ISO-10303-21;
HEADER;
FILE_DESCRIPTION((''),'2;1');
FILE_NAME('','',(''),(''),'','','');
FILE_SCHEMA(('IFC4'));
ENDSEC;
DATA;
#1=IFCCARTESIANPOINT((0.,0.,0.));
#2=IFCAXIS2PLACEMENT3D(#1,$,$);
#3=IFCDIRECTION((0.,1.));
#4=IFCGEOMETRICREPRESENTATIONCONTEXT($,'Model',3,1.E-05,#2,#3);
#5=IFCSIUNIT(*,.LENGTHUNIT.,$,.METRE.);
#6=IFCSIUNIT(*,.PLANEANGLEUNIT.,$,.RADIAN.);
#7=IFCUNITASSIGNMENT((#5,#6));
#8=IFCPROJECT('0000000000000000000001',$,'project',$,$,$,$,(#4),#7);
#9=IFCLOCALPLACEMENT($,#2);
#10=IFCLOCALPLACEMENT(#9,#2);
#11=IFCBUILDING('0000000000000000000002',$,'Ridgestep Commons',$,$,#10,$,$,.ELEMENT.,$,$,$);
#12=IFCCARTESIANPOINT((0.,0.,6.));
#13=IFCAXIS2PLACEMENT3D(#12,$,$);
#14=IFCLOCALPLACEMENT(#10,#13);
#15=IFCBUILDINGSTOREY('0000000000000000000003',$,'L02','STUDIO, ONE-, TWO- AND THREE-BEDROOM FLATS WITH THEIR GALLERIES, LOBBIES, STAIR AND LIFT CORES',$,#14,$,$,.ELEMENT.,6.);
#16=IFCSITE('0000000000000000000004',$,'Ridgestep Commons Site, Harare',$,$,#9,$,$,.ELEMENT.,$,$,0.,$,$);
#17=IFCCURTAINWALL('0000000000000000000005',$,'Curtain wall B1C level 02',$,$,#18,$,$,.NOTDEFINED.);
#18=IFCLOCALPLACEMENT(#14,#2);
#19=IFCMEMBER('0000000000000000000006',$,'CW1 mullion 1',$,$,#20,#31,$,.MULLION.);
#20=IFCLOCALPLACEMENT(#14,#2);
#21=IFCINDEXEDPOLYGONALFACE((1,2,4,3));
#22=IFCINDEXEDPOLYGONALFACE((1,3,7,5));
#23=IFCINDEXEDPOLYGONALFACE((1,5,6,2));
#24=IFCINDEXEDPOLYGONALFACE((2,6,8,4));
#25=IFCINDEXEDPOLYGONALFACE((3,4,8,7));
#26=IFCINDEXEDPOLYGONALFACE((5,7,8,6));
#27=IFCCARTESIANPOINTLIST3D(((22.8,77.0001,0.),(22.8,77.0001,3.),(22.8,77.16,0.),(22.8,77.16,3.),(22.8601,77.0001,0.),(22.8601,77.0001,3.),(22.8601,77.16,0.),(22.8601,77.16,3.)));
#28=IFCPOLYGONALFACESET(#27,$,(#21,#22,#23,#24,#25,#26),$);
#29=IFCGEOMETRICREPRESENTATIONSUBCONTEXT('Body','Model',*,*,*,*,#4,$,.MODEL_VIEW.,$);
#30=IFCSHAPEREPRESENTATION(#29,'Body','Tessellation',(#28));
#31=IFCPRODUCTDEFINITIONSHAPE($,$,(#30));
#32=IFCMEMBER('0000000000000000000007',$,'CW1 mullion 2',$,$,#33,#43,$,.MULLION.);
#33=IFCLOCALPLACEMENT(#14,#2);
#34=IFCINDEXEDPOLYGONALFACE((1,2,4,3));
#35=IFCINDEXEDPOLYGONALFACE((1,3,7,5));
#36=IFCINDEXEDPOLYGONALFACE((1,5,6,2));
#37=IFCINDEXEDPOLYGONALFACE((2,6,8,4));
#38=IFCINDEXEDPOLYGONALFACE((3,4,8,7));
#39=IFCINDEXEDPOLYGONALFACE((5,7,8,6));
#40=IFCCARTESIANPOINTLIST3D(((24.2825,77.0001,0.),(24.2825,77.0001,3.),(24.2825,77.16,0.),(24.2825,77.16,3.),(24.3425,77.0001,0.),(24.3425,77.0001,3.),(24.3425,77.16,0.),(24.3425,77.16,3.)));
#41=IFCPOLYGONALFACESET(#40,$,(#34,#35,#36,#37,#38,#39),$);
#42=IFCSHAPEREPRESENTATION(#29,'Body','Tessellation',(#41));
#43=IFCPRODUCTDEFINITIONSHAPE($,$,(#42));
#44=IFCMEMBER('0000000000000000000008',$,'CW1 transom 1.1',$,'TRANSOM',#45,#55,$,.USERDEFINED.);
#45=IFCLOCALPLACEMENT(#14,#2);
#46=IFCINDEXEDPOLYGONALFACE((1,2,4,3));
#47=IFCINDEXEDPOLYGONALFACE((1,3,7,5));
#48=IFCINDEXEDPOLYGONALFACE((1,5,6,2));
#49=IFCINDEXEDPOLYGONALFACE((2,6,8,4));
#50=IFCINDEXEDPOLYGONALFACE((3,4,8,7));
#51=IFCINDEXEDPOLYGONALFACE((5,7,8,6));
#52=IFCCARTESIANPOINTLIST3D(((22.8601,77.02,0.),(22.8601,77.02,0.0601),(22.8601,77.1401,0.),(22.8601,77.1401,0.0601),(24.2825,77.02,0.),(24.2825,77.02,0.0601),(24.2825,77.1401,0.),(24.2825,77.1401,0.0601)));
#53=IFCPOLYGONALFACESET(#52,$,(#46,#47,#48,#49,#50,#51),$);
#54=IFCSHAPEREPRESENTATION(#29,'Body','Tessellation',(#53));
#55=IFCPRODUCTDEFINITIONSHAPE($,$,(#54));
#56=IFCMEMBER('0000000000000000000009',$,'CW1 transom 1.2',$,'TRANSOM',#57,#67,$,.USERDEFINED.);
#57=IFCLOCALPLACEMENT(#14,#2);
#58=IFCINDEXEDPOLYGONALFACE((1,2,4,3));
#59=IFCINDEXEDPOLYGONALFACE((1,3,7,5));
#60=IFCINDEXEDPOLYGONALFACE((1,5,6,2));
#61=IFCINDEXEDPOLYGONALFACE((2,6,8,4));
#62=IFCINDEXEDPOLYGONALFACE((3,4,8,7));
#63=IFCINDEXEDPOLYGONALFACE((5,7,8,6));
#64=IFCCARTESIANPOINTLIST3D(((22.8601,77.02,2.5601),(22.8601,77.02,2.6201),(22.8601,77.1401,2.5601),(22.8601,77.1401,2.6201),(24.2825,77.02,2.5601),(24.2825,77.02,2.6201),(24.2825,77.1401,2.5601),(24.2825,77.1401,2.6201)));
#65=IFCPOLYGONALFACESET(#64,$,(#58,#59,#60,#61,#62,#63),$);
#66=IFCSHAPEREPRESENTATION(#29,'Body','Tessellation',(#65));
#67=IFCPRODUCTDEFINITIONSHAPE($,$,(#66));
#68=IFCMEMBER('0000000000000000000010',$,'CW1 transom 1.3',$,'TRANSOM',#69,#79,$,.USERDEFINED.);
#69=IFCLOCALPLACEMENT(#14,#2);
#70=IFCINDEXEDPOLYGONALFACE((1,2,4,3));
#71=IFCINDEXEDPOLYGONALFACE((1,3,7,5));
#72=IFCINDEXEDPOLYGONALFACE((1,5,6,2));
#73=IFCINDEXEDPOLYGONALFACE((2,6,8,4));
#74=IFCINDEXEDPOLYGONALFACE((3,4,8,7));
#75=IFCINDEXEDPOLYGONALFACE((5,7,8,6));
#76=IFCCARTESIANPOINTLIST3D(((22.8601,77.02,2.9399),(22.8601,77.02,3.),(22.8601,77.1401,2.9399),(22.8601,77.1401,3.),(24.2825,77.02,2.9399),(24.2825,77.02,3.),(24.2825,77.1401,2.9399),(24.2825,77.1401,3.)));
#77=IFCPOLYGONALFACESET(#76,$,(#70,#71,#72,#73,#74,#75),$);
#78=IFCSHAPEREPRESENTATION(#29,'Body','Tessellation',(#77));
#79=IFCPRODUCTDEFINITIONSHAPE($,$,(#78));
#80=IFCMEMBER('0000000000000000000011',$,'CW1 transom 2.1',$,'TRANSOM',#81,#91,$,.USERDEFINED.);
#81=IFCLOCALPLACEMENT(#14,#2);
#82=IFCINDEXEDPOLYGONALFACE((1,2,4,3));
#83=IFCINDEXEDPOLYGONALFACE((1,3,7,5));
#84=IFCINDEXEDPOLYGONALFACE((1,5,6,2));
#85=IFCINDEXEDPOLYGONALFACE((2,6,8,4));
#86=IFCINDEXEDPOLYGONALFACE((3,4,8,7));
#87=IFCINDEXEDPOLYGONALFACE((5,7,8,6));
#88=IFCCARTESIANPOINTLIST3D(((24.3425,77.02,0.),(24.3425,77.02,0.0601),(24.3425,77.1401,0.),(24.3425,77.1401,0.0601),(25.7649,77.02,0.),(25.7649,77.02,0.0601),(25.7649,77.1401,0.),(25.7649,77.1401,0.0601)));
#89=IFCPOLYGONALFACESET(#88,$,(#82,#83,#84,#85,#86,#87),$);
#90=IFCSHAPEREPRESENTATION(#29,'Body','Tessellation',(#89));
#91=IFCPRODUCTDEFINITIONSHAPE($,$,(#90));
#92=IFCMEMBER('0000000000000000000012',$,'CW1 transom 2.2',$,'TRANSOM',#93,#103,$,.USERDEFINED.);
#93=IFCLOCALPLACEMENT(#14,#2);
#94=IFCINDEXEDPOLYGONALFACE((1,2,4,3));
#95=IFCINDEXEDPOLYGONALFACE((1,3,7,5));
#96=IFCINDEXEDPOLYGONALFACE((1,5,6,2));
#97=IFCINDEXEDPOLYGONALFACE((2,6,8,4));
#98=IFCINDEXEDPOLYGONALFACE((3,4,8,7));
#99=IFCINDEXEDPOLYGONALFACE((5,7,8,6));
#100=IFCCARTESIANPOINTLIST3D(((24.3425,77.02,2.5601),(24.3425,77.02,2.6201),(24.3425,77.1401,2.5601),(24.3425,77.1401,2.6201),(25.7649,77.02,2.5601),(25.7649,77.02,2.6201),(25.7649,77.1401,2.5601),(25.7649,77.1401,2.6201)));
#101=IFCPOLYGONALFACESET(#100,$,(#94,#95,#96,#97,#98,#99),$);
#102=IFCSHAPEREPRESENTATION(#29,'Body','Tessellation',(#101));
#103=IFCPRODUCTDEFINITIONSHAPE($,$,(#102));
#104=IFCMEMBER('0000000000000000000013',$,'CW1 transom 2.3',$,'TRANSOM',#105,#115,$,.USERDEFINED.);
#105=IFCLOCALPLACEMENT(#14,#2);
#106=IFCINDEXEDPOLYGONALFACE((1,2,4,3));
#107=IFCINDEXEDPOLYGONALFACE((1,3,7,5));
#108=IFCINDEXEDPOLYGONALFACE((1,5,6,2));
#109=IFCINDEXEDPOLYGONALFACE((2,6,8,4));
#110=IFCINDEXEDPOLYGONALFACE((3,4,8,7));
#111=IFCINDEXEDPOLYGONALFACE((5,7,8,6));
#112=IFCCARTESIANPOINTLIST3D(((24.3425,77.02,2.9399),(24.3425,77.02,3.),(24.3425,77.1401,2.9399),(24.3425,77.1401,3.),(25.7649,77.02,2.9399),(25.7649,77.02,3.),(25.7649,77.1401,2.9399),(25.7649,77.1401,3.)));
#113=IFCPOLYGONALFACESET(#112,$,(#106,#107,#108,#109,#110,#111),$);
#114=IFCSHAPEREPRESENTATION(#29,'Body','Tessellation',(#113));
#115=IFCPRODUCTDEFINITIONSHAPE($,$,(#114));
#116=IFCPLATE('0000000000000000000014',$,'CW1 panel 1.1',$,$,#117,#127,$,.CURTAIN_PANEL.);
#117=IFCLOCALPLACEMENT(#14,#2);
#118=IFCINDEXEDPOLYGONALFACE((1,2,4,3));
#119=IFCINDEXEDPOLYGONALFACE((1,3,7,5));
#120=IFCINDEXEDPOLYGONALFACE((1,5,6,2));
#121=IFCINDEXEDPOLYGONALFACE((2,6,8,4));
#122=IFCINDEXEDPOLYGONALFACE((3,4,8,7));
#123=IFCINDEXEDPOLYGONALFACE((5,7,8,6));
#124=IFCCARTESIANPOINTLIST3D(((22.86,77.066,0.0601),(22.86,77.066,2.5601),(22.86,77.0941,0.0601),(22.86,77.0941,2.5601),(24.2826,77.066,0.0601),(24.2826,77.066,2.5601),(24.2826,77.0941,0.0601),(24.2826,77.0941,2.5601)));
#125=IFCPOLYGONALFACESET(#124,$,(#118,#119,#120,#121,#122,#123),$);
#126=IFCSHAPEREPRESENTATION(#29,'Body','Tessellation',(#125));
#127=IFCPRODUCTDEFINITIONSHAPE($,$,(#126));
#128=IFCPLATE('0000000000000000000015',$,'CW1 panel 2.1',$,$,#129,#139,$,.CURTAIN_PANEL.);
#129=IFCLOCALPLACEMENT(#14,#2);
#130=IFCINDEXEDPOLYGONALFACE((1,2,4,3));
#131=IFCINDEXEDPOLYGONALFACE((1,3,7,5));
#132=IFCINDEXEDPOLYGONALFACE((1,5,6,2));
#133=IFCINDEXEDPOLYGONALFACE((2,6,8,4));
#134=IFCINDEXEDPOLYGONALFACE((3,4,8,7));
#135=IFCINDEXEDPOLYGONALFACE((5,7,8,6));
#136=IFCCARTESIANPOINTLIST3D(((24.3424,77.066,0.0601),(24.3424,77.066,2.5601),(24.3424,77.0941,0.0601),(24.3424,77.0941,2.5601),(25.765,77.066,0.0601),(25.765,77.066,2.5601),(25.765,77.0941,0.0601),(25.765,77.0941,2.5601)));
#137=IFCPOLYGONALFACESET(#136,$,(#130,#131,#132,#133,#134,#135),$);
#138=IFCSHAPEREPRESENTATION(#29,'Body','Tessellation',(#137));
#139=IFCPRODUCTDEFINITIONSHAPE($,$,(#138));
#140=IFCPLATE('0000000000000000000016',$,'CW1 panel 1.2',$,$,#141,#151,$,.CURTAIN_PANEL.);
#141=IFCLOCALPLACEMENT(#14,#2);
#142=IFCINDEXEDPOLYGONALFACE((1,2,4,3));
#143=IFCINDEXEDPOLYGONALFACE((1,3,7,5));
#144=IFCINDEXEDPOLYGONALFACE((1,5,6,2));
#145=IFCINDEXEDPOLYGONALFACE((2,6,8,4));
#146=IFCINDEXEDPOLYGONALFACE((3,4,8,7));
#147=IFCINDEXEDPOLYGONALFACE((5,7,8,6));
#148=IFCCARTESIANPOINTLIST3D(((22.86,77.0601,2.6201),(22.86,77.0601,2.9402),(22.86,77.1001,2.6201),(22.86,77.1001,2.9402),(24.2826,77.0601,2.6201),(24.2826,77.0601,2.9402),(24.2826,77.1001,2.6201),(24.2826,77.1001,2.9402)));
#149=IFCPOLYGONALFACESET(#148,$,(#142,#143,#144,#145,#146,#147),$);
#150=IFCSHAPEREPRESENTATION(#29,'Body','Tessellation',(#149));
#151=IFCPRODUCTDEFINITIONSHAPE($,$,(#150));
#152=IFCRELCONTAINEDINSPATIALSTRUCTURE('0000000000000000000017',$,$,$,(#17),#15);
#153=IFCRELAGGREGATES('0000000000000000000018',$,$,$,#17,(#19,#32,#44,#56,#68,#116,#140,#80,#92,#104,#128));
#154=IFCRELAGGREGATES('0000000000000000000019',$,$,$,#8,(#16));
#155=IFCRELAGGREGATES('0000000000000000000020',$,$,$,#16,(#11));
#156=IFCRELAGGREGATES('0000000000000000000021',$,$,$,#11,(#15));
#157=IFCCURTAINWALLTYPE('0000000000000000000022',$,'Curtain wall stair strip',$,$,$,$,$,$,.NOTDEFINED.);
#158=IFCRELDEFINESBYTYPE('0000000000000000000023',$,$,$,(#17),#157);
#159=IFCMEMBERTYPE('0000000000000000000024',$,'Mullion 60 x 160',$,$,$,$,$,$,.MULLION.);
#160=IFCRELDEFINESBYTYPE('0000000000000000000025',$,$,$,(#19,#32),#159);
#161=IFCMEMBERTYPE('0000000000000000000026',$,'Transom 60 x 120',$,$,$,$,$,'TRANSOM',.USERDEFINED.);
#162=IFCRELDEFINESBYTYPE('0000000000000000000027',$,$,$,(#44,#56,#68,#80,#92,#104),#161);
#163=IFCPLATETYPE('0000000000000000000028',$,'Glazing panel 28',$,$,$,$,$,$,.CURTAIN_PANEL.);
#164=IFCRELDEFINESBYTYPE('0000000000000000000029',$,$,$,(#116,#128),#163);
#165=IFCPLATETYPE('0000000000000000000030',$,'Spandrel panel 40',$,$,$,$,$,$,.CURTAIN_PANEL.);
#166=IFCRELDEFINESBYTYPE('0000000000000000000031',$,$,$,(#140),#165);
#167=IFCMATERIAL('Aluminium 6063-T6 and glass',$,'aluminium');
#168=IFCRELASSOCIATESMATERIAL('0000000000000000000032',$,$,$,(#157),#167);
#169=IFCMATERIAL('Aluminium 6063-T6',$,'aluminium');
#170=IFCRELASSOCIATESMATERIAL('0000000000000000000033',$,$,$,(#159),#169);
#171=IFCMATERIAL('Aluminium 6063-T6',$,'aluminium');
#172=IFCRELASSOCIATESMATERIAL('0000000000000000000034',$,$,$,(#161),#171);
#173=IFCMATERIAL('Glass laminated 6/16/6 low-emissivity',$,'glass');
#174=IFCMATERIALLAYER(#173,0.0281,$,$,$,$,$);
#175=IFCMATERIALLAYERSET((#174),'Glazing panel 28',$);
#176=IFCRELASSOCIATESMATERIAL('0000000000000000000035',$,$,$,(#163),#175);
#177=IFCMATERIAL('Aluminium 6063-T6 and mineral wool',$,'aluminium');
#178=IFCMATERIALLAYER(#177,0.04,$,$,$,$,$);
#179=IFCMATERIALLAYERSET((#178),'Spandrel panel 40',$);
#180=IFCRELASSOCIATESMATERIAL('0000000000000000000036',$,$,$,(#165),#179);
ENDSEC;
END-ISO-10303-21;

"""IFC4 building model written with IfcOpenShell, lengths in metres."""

from ifc_helpers import new_model, si_unit, direction, frame, origin, origin_2d, place, context, subcontext, project, spatial, rectangle, extrude, material, layer, layer_set, material_profile, profile_set, type_object, element, aggregate, save


model = new_model("IFC4")

# Units and contexts
model_context = context("Model", 3, precision=1e-05, world=origin(), true_north=direction((0.0, 1.0)))
body_context = subcontext(model_context, "Body", "Model", "MODEL_VIEW")
ifc_project = project(units=[si_unit("LENGTHUNIT", "METRE"), si_unit("PLANEANGLEUNIT", "RADIAN")], contexts=[model_context])

# Site, building, storey
site_placement = place(None, origin())
site = spatial("IfcSite", under=ifc_project, at=site_placement, Name="Ridgestep Commons Site, Harare", CompositionType="ELEMENT", RefElevation=0.0)
building_placement = place(site_placement, origin())
building = spatial("IfcBuilding", under=site, at=building_placement, Name="Ridgestep Commons", CompositionType="ELEMENT")
storey_placement = place(building_placement, frame((0.0, 0.0, 6.0)))
storey = spatial("IfcBuildingStorey", under=building, at=storey_placement, Name="L02", Description="STUDIO, ONE-, TWO- AND THREE-BEDROOM FLATS WITH THEIR GALLERIES, LOBBIES, STAIR AND LIFT CORES", CompositionType="ELEMENT", Elevation=6.0)

# Curtain wall, members, plates
ifc_material_1 = material(Name="Aluminium 6063-T6 and glass", Category="aluminium")
curtain_wall_type = type_object("IfcCurtainWallType", Name="Curtain wall stair strip", PredefinedType="NOTDEFINED", material=ifc_material_1)
curtain_wall_placement = place(storey_placement, origin())
curtain_wall = element("IfcCurtainWall", 1, at=curtain_wall_placement, inside=storey, type_object=curtain_wall_type, Name="Curtain wall B1C level 02", PredefinedType="NOTDEFINED")
ifc_material_2 = material(Name="Aluminium 6063-T6", Category="aluminium")
ifc_material_profile_1 = material_profile(ifc_material_2, rectangle(XDim=0.1599, YDim=0.0601, at=origin_2d()), Name="Mullion 60 x 160")
ifc_profile_set_1 = profile_set([ifc_material_profile_1], Name="Aluminium 6063-T6")
member_type_1 = type_object("IfcMemberType", Name="Mullion 60 x 160", PredefinedType="MULLION", material=ifc_profile_set_1)
member_1_placement = place(storey_placement, frame((22.8301, 77.0801, 0.0), z_axis=(0.0, 0.0, 1.0), x_axis=(0.0, 1.0, 0.0)))
member_1 = element("IfcMember", 2, at=member_1_placement, type_object=member_type_1, Name="CW1 mullion 1", PredefinedType="MULLION", context=body_context, shape_type="SweptSolid", body=[
    extrude(rectangle(XDim=0.1599, YDim=0.0601, at=origin_2d()), origin(), (0.0, 0.0, 1.0), 3.0),
])
member_2_placement = place(storey_placement, frame((24.3125, 77.0801, 0.0), z_axis=(0.0, 0.0, 1.0), x_axis=(0.0, 1.0, 0.0)))
member_2 = element("IfcMember", 3, at=member_2_placement, type_object=member_type_1, Name="CW1 mullion 2", PredefinedType="MULLION", context=body_context, shape_type="SweptSolid", body=[
    extrude(rectangle(XDim=0.1599, YDim=0.0601, at=origin_2d()), origin(), (0.0, 0.0, 1.0), 3.0),
])
ifc_material_3 = material(Name="Aluminium 6063-T6", Category="aluminium")
ifc_material_profile_2 = material_profile(ifc_material_3, rectangle(XDim=0.1201, YDim=0.0601, at=origin_2d()), Name="Transom 60 x 120")
ifc_profile_set_2 = profile_set([ifc_material_profile_2], Name="Aluminium 6063-T6")
member_type_2 = type_object("IfcMemberType", Name="Transom 60 x 120", ElementType="TRANSOM", PredefinedType="USERDEFINED", material=ifc_profile_set_2)
member_3_placement = place(storey_placement, frame((22.8601, 77.0801, 0.03), z_axis=(1.0, 0.0, 0.0), x_axis=(0.0, 1.0, 0.0)))
member_3 = element("IfcMember", 4, at=member_3_placement, type_object=member_type_2, Name="CW1 transom 1.1", ObjectType="TRANSOM", PredefinedType="USERDEFINED", context=body_context, shape_type="SweptSolid", body=[
    extrude(rectangle(XDim=0.1201, YDim=0.0601, at=origin_2d()), origin(), (0.0, 0.0, 1.0), 1.4224),
])
member_4_placement = place(storey_placement, frame((22.8601, 77.0801, 2.5901), z_axis=(1.0, 0.0, 0.0), x_axis=(0.0, 1.0, 0.0)))
member_4 = element("IfcMember", 5, at=member_4_placement, type_object=member_type_2, Name="CW1 transom 1.2", ObjectType="TRANSOM", PredefinedType="USERDEFINED", context=body_context, shape_type="SweptSolid", body=[
    extrude(rectangle(XDim=0.1201, YDim=0.0601, at=origin_2d()), origin(), (0.0, 0.0, 1.0), 1.4224),
])
member_5_placement = place(storey_placement, frame((22.8601, 77.0801, 2.97), z_axis=(1.0, 0.0, 0.0), x_axis=(0.0, 1.0, 0.0)))
member_5 = element("IfcMember", 6, at=member_5_placement, type_object=member_type_2, Name="CW1 transom 1.3", ObjectType="TRANSOM", PredefinedType="USERDEFINED", context=body_context, shape_type="SweptSolid", body=[
    extrude(rectangle(XDim=0.1201, YDim=0.0601, at=origin_2d()), origin(), (0.0, 0.0, 1.0), 1.4224),
])
member_6_placement = place(storey_placement, frame((24.3425, 77.0801, 0.03), z_axis=(1.0, 0.0, 0.0), x_axis=(0.0, 1.0, 0.0)))
member_6 = element("IfcMember", 7, at=member_6_placement, type_object=member_type_2, Name="CW1 transom 2.1", ObjectType="TRANSOM", PredefinedType="USERDEFINED", context=body_context, shape_type="SweptSolid", body=[
    extrude(rectangle(XDim=0.1201, YDim=0.0601, at=origin_2d()), origin(), (0.0, 0.0, 1.0), 1.4224),
])
member_7_placement = place(storey_placement, frame((24.3425, 77.0801, 2.5901), z_axis=(1.0, 0.0, 0.0), x_axis=(0.0, 1.0, 0.0)))
member_7 = element("IfcMember", 8, at=member_7_placement, type_object=member_type_2, Name="CW1 transom 2.2", ObjectType="TRANSOM", PredefinedType="USERDEFINED", context=body_context, shape_type="SweptSolid", body=[
    extrude(rectangle(XDim=0.1201, YDim=0.0601, at=origin_2d()), origin(), (0.0, 0.0, 1.0), 1.4224),
])
member_8_placement = place(storey_placement, frame((24.3425, 77.0801, 2.97), z_axis=(1.0, 0.0, 0.0), x_axis=(0.0, 1.0, 0.0)))
member_8 = element("IfcMember", 9, at=member_8_placement, type_object=member_type_2, Name="CW1 transom 2.3", ObjectType="TRANSOM", PredefinedType="USERDEFINED", context=body_context, shape_type="SweptSolid", body=[
    extrude(rectangle(XDim=0.1201, YDim=0.0601, at=origin_2d()), origin(), (0.0, 0.0, 1.0), 1.4224),
])
ifc_material_4 = material(Name="Glass laminated 6/16/6 low-emissivity", Category="glass")
ifc_layer_1 = layer(ifc_material_4, 0.0281)
ifc_layer_set_1 = layer_set([ifc_layer_1], Name="Glazing panel 28")
plate_type_1 = type_object("IfcPlateType", Name="Glazing panel 28", PredefinedType="CURTAIN_PANEL", material=ifc_layer_set_1)
plate_1_placement = place(storey_placement, frame((23.5713, 77.0801, 0.0601), z_axis=(0.0, 0.0, 1.0), x_axis=(1.0, 0.0, 0.0)))
plate_1 = element("IfcPlate", 10, at=plate_1_placement, type_object=plate_type_1, Name="CW1 panel 1.1", PredefinedType="CURTAIN_PANEL", context=body_context, shape_type="SweptSolid", body=[
    extrude(rectangle(XDim=1.4226, YDim=0.0281, at=origin_2d()), origin(), (0.0, 0.0, 1.0), 2.5),
])
plate_2_placement = place(storey_placement, frame((25.0537, 77.0801, 0.0601), z_axis=(0.0, 0.0, 1.0), x_axis=(1.0, 0.0, 0.0)))
plate_2 = element("IfcPlate", 11, at=plate_2_placement, type_object=plate_type_1, Name="CW1 panel 2.1", PredefinedType="CURTAIN_PANEL", context=body_context, shape_type="SweptSolid", body=[
    extrude(rectangle(XDim=1.4226, YDim=0.0281, at=origin_2d()), origin(), (0.0, 0.0, 1.0), 2.5),
])
ifc_material_5 = material(Name="Aluminium 6063-T6 and mineral wool", Category="aluminium")
ifc_layer_2 = layer(ifc_material_5, 0.04)
ifc_layer_set_2 = layer_set([ifc_layer_2], Name="Spandrel panel 40")
plate_type_2 = type_object("IfcPlateType", Name="Spandrel panel 40", PredefinedType="CURTAIN_PANEL", material=ifc_layer_set_2)
plate_3_placement = place(storey_placement, frame((23.5713, 77.0801, 2.6201), z_axis=(0.0, 0.0, 1.0), x_axis=(1.0, 0.0, 0.0)))
plate_3 = element("IfcPlate", 12, at=plate_3_placement, type_object=plate_type_2, Name="CW1 panel 1.2", PredefinedType="CURTAIN_PANEL", context=body_context, shape_type="SweptSolid", body=[
    extrude(rectangle(XDim=1.4226, YDim=0.04, at=origin_2d()), origin(), (0.0, 0.0, 1.0), 0.3201),
])
aggregate(curtain_wall, [member_1, member_2, member_3, member_4, member_5, plate_1, plate_3, member_6, member_7, member_8, plate_2])

save(model, "model.ifc")
